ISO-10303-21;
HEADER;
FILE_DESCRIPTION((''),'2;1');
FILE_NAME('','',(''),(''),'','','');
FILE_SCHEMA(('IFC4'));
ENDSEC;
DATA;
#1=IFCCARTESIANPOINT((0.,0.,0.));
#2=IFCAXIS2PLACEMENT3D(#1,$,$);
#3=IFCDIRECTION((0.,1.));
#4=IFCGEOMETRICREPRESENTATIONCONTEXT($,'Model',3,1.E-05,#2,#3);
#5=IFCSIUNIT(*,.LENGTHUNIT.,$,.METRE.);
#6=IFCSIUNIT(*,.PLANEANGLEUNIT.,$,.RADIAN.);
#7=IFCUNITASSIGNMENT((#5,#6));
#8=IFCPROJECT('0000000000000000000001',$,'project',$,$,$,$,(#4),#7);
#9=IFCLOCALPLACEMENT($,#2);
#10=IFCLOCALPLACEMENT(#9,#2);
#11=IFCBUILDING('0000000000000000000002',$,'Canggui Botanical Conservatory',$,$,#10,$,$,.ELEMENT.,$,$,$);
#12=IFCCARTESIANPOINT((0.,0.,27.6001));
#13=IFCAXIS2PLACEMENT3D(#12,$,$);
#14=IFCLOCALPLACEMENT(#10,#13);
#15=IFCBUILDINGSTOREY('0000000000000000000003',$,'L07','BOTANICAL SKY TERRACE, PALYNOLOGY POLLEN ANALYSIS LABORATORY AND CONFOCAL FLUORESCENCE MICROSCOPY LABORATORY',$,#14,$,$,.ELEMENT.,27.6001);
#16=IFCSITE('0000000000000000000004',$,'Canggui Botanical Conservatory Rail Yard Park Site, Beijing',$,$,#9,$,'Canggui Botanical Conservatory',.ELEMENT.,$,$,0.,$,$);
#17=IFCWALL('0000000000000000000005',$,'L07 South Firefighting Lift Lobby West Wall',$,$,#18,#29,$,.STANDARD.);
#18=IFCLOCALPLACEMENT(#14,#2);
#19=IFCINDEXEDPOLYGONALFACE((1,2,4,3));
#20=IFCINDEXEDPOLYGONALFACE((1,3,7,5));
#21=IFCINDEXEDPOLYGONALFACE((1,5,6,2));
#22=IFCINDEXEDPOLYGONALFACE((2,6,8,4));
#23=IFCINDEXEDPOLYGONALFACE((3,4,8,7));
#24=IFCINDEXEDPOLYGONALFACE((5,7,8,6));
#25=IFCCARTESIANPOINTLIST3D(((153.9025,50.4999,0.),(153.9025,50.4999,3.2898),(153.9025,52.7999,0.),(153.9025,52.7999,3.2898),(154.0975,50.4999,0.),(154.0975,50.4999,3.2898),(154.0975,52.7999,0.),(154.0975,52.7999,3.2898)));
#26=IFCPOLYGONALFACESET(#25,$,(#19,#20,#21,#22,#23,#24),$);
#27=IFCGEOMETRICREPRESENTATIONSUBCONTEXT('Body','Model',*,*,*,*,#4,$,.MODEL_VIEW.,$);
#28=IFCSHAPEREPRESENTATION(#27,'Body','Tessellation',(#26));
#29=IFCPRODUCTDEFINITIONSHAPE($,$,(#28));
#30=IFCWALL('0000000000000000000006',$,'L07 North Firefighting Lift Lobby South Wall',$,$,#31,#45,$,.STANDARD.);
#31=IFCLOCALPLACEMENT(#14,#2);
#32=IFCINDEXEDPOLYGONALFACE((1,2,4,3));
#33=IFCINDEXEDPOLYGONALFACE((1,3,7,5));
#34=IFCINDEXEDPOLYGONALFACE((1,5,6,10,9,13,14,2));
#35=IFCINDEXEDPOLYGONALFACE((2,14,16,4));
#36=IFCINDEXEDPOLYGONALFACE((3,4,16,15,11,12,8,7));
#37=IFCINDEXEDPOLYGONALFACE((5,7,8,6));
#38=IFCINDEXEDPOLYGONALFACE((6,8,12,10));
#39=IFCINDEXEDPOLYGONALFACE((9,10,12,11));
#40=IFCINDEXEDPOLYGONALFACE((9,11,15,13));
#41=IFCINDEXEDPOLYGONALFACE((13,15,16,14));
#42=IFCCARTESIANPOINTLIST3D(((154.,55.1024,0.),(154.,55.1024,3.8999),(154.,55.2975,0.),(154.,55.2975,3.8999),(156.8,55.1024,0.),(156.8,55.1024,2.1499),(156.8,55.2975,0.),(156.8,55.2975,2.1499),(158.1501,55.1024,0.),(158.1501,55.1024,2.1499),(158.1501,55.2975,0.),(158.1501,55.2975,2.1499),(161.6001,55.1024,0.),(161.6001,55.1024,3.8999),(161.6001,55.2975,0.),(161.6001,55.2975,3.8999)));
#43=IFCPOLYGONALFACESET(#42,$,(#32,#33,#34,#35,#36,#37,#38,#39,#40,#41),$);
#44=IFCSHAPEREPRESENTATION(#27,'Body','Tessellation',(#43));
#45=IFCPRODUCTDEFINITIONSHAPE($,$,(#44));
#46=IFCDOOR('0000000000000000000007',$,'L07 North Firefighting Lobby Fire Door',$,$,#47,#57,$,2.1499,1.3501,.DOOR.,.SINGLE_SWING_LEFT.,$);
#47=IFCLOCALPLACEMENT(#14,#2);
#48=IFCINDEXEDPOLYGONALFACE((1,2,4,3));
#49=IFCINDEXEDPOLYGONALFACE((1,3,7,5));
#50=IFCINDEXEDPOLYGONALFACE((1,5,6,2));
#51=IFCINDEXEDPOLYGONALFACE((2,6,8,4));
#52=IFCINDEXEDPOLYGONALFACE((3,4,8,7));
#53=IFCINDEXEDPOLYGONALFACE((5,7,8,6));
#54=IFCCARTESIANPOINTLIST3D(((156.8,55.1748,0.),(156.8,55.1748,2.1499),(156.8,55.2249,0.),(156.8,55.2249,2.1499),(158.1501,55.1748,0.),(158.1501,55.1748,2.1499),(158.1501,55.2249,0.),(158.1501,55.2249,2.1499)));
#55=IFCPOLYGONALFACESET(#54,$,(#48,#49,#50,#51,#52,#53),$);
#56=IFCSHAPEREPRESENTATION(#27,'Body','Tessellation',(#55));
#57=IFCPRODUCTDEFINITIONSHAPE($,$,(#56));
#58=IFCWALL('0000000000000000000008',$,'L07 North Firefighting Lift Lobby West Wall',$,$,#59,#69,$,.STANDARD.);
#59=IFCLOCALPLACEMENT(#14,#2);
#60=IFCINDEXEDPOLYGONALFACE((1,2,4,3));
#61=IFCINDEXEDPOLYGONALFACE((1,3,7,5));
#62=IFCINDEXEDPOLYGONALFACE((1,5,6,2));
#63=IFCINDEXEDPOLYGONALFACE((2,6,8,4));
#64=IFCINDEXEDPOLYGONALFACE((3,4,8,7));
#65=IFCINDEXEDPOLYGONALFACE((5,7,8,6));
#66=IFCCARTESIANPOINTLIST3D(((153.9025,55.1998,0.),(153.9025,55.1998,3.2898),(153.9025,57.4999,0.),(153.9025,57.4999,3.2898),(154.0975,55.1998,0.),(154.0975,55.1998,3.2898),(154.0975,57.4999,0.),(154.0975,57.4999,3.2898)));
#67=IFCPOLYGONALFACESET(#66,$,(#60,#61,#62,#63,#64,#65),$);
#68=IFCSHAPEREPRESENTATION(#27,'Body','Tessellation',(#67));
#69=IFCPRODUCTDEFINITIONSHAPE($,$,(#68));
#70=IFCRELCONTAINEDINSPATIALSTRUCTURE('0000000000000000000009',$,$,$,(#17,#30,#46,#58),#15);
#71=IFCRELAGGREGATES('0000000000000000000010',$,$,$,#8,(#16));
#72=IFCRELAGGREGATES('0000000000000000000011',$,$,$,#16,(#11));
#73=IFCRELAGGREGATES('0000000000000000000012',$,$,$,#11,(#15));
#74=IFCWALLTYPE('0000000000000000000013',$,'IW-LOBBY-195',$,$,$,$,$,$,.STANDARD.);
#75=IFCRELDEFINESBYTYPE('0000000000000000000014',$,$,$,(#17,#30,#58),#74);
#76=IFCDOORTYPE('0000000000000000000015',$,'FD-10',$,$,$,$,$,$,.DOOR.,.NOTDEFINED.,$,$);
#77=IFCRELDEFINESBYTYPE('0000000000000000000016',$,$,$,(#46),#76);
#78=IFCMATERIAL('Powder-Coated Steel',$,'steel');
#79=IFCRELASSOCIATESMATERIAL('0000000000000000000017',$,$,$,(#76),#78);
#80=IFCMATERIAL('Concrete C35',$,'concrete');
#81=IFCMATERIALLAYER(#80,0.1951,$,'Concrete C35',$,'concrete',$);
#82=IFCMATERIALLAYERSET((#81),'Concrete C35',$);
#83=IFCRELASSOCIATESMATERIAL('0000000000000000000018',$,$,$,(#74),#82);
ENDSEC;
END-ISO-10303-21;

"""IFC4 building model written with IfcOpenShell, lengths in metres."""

from ifc_helpers import new_model, si_unit, direction, frame, frame_2d, origin, place, context, subcontext, project, spatial, rectangle, extrude, material, layer, layer_set, type_object, element, fill, save


model = new_model("IFC4")

# Units and contexts
model_context = context("Model", 3, precision=1e-05, world=origin(), true_north=direction((0.0, 1.0)))
body_context = subcontext(model_context, "Body", "Model", "MODEL_VIEW")
ifc_project = project(units=[si_unit("LENGTHUNIT", "METRE"), si_unit("PLANEANGLEUNIT", "RADIAN")], contexts=[model_context])

# Site, building, storey
site_placement = place(None, origin())
site = spatial("IfcSite", under=ifc_project, at=site_placement, Name="Canggui Botanical Conservatory Rail Yard Park Site, Beijing", LongName="Canggui Botanical Conservatory", CompositionType="ELEMENT", RefElevation=0.0)
building_placement = place(site_placement, origin())
building = spatial("IfcBuilding", under=site, at=building_placement, Name="Canggui Botanical Conservatory", CompositionType="ELEMENT")
storey_placement = place(building_placement, frame((0.0, 0.0, 27.6001)))
storey = spatial("IfcBuildingStorey", under=building, at=storey_placement, Name="L07", Description="BOTANICAL SKY TERRACE, PALYNOLOGY POLLEN ANALYSIS LABORATORY AND CONFOCAL FLUORESCENCE MICROSCOPY LABORATORY", CompositionType="ELEMENT", Elevation=27.6001)

# Shared definitions
ifc_material_1 = material(Name="Concrete C35", Category="concrete")

# Shared definitions
ifc_material_2 = material(Name="Powder-Coated Steel", Category="steel")
door_type_1 = type_object("IfcDoorType", Name="FD-10", OperationType="NOTDEFINED", PredefinedType="DOOR", material=ifc_material_2)
ifc_layer_1 = layer(ifc_material_1, 0.1951, Name="Concrete C35", Category="concrete")
ifc_layer_set_1 = layer_set([ifc_layer_1], Name="Concrete C35")
wall_type_1 = type_object("IfcWallType", Name="IW-LOBBY-195", PredefinedType="STANDARD", material=ifc_layer_set_1)

# Wall
wall_1_placement = place(storey_placement, frame((154.0, 50.5, 0.0), z_axis=(0.0, 0.0, 1.0), x_axis=(0.0, 1.0, 0.0)))
element("IfcWall", 1, at=wall_1_placement, inside=storey, type_object=wall_type_1, Name="L07 South Firefighting Lift Lobby West Wall", PredefinedType="STANDARD", context=body_context, shape_type="SweptSolid", body=[
    extrude(rectangle(XDim=2.3, YDim=0.1951, at=frame_2d((1.1499, 0.0))), origin(), (0.0, 0.0, 1.0), 3.2898),
])

# Wall, opening, door
wall_2_placement = place(storey_placement, frame((154.0, 55.2, 0.0), z_axis=(0.0, 0.0, 1.0), x_axis=(1.0, 0.0, 0.0)))
wall_2 = element("IfcWall", 2, at=wall_2_placement, inside=storey, type_object=wall_type_1, Name="L07 North Firefighting Lift Lobby South Wall", PredefinedType="STANDARD", context=body_context, shape_type="SweptSolid", body=[
    extrude(rectangle(XDim=7.6001, YDim=0.1951, at=frame_2d((3.8, 0.0))), origin(), (0.0, 0.0, 1.0), 3.8999),
])
opening_1_placement = place(wall_2_placement, frame((2.8, 0.0, 0.0)))
opening_1 = element("IfcOpeningElement", 3, at=opening_1_placement, cuts=wall_2, PredefinedType="OPENING", context=body_context, shape_type="SweptSolid", body=[
    extrude(rectangle(XDim=1.3501, YDim=2.1499, at=frame_2d((0.675, 1.075))), frame((0.0, 0.1074, 0.0), z_axis=(0.0, -1.0, 0.0), x_axis=(1.0, 0.0, 0.0)), (0.0, 0.0, 1.0), 0.2151),
])
door_1_placement = place(opening_1_placement, origin())
door_1 = element("IfcDoor", 4, at=door_1_placement, inside=storey, type_object=door_type_1, Name="L07 North Firefighting Lobby Fire Door", OperationType="SINGLE_SWING_LEFT", OverallHeight=2.1499, OverallWidth=1.3501, PredefinedType="DOOR", context=body_context, shape_type="SweptSolid", body=[
    extrude(rectangle(XDim=1.3501, YDim=2.1499, at=frame_2d((0.675, 1.075))), frame((0.0, 0.0249, 0.0), z_axis=(0.0, -1.0, 0.0), x_axis=(1.0, 0.0, 0.0)), (0.0, 0.0, 1.0), 0.05),
])
fill(opening_1, door_1)

# Wall
wall_3_placement = place(storey_placement, frame((154.0, 55.2, 0.0), z_axis=(0.0, 0.0, 1.0), x_axis=(0.0, 1.0, 0.0)))
element("IfcWall", 5, at=wall_3_placement, inside=storey, type_object=wall_type_1, Name="L07 North Firefighting Lift Lobby West Wall", PredefinedType="STANDARD", context=body_context, shape_type="SweptSolid", body=[
    extrude(rectangle(XDim=2.3, YDim=0.1951, at=frame_2d((1.1499, 0.0))), origin(), (0.0, 0.0, 1.0), 3.2898),
])

save(model, "model.ifc")
